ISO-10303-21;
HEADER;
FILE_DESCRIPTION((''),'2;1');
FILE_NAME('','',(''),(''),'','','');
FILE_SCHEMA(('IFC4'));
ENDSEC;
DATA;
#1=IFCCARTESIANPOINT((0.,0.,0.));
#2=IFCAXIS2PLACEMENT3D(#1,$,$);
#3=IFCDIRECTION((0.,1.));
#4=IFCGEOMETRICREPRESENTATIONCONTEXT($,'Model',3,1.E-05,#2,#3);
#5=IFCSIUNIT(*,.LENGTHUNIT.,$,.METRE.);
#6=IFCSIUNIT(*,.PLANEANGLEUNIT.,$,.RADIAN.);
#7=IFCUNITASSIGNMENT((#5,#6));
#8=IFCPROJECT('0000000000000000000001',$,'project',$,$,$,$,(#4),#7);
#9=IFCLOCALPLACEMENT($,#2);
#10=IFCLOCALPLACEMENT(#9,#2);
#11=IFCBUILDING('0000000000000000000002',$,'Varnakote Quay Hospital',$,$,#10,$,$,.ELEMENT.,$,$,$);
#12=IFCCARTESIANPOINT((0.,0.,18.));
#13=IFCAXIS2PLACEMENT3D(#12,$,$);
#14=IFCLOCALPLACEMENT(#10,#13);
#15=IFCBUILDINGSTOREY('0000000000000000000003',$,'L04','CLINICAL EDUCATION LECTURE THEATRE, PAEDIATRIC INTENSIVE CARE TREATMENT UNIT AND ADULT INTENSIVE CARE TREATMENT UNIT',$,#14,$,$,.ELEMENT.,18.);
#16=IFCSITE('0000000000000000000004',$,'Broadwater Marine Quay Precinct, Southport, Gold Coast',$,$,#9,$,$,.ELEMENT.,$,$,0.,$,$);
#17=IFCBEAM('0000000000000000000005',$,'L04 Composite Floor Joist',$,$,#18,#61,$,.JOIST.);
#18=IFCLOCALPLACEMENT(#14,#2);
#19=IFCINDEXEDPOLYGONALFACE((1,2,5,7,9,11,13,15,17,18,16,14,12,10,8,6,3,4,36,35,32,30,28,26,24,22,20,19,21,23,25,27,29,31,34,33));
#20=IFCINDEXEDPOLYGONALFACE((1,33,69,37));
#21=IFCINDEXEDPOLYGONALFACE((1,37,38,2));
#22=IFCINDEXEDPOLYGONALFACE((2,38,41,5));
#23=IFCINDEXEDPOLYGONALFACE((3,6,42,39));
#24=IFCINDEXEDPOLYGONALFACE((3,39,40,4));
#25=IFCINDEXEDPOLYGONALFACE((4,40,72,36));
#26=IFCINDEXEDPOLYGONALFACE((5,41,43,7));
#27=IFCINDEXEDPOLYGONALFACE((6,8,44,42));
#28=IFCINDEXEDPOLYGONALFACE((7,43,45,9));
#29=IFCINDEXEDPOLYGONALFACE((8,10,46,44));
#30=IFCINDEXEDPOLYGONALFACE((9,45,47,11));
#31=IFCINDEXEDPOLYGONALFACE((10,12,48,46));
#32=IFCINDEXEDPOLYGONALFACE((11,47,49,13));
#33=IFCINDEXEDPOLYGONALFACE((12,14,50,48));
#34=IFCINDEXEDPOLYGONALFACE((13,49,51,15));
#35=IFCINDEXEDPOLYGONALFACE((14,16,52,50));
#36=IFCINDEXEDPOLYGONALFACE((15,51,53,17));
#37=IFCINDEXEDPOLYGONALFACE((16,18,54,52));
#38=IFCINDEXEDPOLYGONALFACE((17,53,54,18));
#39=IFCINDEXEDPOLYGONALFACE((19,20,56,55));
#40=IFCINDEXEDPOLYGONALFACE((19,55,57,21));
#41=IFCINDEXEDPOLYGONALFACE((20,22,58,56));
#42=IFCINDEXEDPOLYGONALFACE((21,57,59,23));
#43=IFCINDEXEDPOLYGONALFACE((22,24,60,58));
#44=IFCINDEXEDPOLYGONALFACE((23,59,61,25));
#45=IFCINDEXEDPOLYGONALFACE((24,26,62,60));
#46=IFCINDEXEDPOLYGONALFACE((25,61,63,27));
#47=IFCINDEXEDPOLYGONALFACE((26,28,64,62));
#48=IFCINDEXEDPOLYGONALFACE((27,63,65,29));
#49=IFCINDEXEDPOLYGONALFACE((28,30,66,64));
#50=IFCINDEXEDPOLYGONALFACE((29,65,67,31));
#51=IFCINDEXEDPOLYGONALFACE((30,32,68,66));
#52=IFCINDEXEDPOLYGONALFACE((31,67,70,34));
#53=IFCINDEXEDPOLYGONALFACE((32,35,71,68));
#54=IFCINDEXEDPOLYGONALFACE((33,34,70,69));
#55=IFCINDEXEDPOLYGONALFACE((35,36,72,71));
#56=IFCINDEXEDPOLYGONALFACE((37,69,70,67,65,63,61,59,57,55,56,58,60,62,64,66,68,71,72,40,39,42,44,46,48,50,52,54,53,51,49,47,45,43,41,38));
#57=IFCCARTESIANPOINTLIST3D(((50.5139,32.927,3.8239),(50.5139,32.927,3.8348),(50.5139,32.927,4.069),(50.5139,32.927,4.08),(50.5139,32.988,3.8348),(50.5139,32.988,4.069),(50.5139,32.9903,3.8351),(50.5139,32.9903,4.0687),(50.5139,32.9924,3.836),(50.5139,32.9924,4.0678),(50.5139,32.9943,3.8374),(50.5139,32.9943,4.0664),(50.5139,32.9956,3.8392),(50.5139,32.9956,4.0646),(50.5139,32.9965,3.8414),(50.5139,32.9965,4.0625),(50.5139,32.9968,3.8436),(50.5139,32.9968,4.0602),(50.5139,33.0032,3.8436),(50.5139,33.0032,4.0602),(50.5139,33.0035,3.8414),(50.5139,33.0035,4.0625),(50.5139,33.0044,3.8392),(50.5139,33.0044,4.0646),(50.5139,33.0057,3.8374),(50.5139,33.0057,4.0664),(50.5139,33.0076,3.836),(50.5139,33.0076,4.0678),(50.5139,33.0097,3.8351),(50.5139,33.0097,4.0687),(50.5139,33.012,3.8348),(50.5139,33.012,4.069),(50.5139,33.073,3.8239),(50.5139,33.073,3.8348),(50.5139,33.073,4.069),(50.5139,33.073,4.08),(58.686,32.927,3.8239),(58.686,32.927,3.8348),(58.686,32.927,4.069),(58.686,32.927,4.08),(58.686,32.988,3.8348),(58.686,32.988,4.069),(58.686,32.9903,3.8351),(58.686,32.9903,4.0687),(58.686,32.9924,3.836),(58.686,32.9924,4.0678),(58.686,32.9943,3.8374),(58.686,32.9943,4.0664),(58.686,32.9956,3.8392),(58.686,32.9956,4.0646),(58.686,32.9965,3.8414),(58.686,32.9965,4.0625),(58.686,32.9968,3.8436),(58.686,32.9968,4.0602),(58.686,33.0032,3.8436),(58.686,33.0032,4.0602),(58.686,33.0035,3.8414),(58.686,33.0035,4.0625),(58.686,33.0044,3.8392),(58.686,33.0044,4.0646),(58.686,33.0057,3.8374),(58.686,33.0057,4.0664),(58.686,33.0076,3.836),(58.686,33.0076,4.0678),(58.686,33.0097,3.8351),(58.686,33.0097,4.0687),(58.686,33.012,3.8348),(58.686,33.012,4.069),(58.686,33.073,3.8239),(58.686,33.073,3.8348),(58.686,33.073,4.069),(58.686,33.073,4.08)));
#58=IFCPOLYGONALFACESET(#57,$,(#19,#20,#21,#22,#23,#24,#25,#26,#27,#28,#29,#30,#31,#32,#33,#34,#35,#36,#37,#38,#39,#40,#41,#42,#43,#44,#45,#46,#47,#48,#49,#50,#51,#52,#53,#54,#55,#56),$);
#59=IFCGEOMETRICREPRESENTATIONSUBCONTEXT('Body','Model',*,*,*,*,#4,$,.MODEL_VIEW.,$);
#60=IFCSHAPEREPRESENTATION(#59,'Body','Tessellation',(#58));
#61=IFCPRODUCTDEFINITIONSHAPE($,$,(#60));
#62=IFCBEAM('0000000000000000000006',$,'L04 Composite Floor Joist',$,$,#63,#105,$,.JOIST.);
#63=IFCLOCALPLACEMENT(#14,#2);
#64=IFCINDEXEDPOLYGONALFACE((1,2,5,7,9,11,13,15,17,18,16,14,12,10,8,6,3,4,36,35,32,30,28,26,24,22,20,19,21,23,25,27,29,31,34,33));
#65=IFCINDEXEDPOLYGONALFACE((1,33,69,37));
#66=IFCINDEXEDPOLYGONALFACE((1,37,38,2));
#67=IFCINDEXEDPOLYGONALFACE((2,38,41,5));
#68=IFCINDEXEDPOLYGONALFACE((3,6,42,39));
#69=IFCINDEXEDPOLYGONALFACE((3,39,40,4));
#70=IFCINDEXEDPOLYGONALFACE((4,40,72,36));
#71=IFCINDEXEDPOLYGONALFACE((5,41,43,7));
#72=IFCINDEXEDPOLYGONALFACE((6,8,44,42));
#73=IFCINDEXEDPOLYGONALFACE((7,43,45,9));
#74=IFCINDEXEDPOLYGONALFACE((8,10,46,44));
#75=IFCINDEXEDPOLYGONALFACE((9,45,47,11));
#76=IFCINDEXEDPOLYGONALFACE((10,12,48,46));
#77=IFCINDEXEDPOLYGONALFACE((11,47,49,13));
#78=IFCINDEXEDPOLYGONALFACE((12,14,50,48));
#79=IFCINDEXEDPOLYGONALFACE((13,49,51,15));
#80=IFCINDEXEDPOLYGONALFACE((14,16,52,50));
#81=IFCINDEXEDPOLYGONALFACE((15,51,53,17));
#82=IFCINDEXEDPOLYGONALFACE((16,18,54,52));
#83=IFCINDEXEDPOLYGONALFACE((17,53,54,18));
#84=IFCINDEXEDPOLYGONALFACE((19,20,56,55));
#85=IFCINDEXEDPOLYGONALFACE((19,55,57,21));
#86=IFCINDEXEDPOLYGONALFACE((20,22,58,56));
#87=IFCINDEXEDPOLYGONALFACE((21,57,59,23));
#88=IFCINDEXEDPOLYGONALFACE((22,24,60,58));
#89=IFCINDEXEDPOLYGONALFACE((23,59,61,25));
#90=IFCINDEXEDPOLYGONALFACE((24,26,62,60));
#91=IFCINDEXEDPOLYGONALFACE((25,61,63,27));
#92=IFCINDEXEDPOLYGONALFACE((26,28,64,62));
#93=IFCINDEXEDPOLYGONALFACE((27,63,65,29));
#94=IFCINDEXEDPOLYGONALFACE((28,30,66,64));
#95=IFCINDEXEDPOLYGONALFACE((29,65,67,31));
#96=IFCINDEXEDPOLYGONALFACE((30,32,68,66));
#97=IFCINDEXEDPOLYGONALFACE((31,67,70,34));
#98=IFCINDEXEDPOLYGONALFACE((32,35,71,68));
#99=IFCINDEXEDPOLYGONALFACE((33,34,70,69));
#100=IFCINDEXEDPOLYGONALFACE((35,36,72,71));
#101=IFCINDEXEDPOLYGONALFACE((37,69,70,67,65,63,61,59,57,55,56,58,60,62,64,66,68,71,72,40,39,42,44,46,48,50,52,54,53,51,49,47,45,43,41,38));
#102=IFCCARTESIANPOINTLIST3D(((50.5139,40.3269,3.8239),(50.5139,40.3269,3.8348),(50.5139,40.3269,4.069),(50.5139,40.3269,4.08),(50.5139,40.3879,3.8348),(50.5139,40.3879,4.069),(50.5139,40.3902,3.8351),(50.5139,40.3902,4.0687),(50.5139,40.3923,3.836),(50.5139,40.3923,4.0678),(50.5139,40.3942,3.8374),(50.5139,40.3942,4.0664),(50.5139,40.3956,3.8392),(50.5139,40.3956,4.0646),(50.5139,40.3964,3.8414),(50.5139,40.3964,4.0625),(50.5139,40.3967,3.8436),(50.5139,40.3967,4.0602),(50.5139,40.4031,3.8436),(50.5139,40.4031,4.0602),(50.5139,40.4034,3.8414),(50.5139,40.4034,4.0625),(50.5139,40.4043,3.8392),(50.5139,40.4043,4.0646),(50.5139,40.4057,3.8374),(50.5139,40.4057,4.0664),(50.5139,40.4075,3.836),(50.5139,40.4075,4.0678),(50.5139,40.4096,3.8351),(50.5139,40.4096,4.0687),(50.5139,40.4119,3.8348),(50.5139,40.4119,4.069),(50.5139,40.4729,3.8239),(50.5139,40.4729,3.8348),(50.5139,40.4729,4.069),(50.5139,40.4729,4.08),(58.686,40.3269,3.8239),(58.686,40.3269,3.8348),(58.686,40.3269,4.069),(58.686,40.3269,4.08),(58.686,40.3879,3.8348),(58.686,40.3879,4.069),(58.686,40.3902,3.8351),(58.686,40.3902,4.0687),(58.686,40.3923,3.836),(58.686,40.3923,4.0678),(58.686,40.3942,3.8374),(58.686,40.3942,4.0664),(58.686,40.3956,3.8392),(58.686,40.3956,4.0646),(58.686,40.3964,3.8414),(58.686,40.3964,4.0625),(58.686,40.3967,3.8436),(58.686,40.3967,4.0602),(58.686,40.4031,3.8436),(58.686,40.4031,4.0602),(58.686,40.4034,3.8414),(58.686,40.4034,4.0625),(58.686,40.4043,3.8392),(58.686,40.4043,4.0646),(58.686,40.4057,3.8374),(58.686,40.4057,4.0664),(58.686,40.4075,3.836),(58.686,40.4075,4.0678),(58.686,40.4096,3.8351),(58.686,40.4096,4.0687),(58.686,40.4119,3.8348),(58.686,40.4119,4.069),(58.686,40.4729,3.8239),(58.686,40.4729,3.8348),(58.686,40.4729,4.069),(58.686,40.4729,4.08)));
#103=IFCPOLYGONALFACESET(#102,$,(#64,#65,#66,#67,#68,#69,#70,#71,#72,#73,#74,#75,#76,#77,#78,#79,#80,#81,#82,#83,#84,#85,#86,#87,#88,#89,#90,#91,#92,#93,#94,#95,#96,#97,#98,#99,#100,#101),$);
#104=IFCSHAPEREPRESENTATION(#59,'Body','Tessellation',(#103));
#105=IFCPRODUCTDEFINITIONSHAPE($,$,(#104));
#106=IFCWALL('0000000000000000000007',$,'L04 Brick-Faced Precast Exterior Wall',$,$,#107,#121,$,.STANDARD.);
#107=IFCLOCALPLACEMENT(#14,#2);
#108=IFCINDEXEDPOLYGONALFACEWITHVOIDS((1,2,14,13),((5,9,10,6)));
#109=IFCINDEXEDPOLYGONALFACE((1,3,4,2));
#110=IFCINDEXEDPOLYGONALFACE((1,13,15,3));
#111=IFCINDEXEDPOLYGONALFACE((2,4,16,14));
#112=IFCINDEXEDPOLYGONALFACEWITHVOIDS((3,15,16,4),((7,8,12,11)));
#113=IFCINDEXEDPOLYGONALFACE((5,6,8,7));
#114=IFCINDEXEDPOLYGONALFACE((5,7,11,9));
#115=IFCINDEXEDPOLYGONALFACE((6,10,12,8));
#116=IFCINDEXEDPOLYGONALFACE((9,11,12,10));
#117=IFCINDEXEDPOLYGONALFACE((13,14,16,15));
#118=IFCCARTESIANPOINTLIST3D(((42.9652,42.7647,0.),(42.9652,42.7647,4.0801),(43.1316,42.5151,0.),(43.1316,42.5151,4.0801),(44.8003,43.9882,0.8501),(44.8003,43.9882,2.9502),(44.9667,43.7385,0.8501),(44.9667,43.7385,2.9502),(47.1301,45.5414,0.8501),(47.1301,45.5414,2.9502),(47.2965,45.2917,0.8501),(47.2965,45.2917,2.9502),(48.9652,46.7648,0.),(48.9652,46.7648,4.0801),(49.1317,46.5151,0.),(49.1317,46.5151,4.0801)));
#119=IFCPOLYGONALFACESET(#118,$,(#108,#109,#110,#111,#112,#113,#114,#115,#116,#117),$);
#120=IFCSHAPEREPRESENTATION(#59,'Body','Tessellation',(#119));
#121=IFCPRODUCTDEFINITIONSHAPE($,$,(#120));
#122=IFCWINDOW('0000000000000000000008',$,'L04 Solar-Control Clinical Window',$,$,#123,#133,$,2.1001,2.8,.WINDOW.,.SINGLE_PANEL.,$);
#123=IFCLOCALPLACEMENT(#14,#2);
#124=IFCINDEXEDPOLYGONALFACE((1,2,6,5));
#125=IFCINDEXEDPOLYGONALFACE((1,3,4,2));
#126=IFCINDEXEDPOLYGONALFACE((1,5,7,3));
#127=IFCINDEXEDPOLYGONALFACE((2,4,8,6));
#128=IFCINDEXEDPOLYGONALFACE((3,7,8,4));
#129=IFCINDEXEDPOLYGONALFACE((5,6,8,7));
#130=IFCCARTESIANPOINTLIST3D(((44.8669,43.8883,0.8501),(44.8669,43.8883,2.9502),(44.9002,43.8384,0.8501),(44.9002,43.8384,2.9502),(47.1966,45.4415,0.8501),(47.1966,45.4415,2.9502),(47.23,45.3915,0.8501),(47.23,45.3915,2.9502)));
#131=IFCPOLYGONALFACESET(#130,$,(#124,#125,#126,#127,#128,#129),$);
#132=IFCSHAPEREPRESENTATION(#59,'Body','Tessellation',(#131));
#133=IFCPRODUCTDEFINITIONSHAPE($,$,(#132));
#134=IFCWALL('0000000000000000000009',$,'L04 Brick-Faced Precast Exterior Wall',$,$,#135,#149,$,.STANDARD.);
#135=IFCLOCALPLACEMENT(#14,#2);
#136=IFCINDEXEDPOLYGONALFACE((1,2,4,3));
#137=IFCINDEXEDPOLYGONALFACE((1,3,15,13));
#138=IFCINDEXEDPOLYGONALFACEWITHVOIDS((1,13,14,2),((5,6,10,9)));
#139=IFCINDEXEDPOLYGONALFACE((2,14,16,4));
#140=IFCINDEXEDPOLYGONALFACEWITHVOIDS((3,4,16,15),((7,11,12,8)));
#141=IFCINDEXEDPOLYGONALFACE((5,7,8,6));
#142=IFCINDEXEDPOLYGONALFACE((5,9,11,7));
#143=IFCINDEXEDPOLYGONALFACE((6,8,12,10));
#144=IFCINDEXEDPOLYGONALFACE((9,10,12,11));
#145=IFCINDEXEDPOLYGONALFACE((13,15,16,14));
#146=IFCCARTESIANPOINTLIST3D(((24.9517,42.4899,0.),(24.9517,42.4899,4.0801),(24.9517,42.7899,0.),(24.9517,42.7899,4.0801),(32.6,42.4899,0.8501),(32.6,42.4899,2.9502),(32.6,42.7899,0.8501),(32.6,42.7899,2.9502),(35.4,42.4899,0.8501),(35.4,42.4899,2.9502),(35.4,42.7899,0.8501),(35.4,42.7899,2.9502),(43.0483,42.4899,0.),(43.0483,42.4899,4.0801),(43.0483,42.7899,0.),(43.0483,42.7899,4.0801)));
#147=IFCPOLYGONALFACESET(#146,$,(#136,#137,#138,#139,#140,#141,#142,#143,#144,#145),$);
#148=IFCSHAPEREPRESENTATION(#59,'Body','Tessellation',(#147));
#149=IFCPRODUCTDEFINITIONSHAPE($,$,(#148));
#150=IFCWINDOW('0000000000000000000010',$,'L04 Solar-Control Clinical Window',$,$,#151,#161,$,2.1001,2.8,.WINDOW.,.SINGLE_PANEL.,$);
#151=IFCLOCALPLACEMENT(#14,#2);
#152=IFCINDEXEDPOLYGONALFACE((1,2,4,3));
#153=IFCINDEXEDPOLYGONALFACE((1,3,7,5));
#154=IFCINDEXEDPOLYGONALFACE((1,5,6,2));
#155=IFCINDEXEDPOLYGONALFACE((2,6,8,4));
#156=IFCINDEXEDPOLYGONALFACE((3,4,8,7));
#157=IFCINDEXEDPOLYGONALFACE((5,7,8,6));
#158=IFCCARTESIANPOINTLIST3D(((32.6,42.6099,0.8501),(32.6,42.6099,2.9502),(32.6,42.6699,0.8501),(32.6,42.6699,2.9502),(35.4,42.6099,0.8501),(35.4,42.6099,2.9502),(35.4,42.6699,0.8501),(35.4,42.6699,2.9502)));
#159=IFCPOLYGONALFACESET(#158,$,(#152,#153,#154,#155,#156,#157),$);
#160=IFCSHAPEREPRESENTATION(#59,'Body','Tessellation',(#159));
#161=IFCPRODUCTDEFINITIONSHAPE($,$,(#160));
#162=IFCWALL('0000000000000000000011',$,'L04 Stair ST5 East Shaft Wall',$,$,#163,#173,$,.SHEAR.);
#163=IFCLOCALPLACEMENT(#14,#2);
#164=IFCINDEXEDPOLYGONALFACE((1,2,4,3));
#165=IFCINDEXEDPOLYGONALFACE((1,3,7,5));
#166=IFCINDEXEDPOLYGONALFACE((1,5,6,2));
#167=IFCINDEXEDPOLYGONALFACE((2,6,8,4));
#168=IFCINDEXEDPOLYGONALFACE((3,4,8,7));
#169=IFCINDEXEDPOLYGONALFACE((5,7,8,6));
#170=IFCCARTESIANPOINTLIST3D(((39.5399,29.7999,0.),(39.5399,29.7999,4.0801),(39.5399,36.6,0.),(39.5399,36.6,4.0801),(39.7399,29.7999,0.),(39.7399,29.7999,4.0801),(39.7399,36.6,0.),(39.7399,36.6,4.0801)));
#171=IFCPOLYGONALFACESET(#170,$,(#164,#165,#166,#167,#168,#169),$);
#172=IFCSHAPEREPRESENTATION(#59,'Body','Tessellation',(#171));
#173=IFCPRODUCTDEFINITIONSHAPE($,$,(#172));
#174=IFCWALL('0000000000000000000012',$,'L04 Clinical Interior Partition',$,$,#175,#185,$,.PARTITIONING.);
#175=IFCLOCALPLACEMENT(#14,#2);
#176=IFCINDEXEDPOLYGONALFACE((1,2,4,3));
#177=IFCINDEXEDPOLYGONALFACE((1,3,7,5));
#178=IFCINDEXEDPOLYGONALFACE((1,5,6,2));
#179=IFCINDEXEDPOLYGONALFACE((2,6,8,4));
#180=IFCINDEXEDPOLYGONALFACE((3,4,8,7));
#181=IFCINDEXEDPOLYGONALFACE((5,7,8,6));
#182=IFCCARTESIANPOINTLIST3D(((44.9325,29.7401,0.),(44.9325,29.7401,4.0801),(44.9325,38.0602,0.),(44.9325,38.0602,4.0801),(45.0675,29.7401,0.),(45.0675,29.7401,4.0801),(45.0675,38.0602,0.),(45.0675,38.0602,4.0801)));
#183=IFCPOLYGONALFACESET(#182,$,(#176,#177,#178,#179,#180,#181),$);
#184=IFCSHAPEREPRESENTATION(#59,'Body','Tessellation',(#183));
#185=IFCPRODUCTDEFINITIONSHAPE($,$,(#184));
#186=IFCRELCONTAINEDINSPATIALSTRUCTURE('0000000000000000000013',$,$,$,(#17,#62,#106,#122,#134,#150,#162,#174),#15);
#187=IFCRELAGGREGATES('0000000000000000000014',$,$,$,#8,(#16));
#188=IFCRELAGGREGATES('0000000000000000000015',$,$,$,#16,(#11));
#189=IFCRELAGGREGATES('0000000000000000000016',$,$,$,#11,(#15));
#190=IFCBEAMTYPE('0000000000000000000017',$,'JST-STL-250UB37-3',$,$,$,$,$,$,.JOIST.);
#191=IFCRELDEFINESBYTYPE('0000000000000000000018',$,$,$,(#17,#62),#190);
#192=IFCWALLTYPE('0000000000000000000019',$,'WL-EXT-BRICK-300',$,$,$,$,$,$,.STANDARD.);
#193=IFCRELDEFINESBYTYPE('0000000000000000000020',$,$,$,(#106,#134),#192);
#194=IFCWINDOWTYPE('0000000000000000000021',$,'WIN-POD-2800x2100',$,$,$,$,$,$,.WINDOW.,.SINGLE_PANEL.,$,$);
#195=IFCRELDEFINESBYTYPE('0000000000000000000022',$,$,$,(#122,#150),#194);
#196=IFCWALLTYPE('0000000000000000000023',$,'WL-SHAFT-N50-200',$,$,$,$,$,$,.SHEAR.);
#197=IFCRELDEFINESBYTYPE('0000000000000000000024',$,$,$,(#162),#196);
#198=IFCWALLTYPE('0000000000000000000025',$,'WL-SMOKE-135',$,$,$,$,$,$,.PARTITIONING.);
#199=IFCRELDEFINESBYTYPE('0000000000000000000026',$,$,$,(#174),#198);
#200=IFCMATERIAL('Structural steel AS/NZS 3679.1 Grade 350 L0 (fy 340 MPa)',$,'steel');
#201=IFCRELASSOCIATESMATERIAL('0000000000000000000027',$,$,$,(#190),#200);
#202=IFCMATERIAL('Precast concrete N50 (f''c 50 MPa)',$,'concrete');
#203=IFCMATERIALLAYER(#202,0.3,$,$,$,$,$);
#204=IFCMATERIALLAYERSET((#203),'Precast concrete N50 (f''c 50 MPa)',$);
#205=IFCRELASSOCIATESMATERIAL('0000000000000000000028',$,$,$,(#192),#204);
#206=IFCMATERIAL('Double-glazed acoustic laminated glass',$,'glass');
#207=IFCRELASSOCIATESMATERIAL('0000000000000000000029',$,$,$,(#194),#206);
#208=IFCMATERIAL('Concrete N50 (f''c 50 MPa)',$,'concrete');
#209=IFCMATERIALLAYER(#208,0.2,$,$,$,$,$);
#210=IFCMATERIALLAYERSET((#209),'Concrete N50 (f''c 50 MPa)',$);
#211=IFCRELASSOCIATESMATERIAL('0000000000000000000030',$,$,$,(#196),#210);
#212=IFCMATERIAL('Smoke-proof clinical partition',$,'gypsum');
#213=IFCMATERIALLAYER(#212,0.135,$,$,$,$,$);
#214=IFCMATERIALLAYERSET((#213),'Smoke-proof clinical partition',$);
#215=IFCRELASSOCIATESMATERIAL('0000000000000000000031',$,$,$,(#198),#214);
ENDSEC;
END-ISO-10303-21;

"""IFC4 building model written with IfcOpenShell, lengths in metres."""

from ifc_helpers import new_model, si_unit, direction, frame, frame_2d, origin, origin_2d, place, context, subcontext, project, spatial, rectangle, i_section, extrude, material, layer, layer_set, material_profile, profile_set, type_object, element, fill, save


model = new_model("IFC4")

# Units and contexts
model_context = context("Model", 3, precision=1e-05, world=origin(), true_north=direction((0.0, 1.0)))
body_context = subcontext(model_context, "Body", "Model", "MODEL_VIEW")
ifc_project = project(units=[si_unit("LENGTHUNIT", "METRE"), si_unit("PLANEANGLEUNIT", "RADIAN")], contexts=[model_context])

# Site, building, storey
site_placement = place(None, origin())
site = spatial("IfcSite", under=ifc_project, at=site_placement, Name="Broadwater Marine Quay Precinct, Southport, Gold Coast", CompositionType="ELEMENT", RefElevation=0.0)
building_placement = place(site_placement, origin())
building = spatial("IfcBuilding", under=site, at=building_placement, Name="Varnakote Quay Hospital", CompositionType="ELEMENT")
storey_placement = place(building_placement, frame((0.0, 0.0, 18.0)))
storey = spatial("IfcBuildingStorey", under=building, at=storey_placement, Name="L04", Description="CLINICAL EDUCATION LECTURE THEATRE, PAEDIATRIC INTENSIVE CARE TREATMENT UNIT AND ADULT INTENSIVE CARE TREATMENT UNIT", CompositionType="ELEMENT", Elevation=18.0)

# Beams
ifc_material_1 = material(Name="Structural steel AS/NZS 3679.1 Grade 350 L0 (fy 340 MPa)", Category="steel")
ifc_material_profile_1 = material_profile(ifc_material_1, i_section(OverallWidth=0.146, OverallDepth=0.2561, WebThickness=0.0063, FlangeThickness=0.011, FilletRadius=0.0088, at=origin_2d()), Name="250UB37.3")
ifc_profile_set_1 = profile_set([ifc_material_profile_1], Name="Structural steel AS/NZS 3679.1 Grade 350 L0 (fy 340 MPa)")
beam_type_1 = type_object("IfcBeamType", Name="JST-STL-250UB37-3", PredefinedType="JOIST", material=ifc_profile_set_1)
for number, where, z_axis, x_axis, name in (
    (1, (50.5139, 33.0, 3.9519), (1.0, 0.0, 0.0), (0.0, 1.0, 0.0), "L04 Composite Floor Joist"),
    (2, (50.5139, 40.3999, 3.9519), (1.0, 0.0, 0.0), (0.0, 1.0, 0.0), "L04 Composite Floor Joist"),
):
    element("IfcBeam", number, at=place(storey_placement, frame(where, z_axis=z_axis, x_axis=x_axis)), inside=storey, type_object=beam_type_1, Name=name, PredefinedType="JOIST", context=body_context, shape_type="SweptSolid", body=[
        extrude(i_section(OverallWidth=0.146, OverallDepth=0.2561, WebThickness=0.0063, FlangeThickness=0.011, FilletRadius=0.0088, at=origin_2d()), origin(), (0.0, 0.0, 1.0), 8.1721),
    ])

# Walls, openings, windows
ifc_material_2 = material(Name="Precast concrete N50 (f'c 50 MPa)", Category="concrete")
ifc_layer_1 = layer(ifc_material_2, 0.3)
ifc_layer_set_1 = layer_set([ifc_layer_1], Name="Precast concrete N50 (f'c 50 MPa)")
wall_type_1 = type_object("IfcWallType", Name="WL-EXT-BRICK-300", PredefinedType="STANDARD", material=ifc_layer_set_1)
wall_1_placement = place(storey_placement, frame((49.0483, 46.6399, 0.0), z_axis=(0.0, 0.0, 1.0), x_axis=(-0.83205, -0.5547, 0.0)))
wall_1 = element("IfcWall", 3, at=wall_1_placement, inside=storey, type_object=wall_type_1, Name="L04 Brick-Faced Precast Exterior Wall", PredefinedType="STANDARD", context=body_context, shape_type="SweptSolid", body=[
    extrude(rectangle(XDim=7.2112, YDim=0.3, at=frame_2d((3.6055, 0.0))), origin(), (0.0, 0.0, 1.0), 4.0801),
])
opening_1_placement = place(wall_1_placement, frame((2.2056, 0.0, 0.8501)))
opening_1 = element("IfcOpeningElement", 4, at=opening_1_placement, cuts=wall_1, PredefinedType="OPENING", context=body_context, shape_type="SweptSolid", body=[
    extrude(rectangle(XDim=2.8, YDim=2.1001, at=frame_2d((1.3999, 1.05))), frame((0.0, 0.1599, 0.0), z_axis=(0.0, -1.0, 0.0), x_axis=(1.0, 0.0, 0.0)), (0.0, 0.0, 1.0), 0.3201),
])
ifc_material_3 = material(Name="Double-glazed acoustic laminated glass", Category="glass")
window_type = type_object("IfcWindowType", Name="WIN-POD-2800x2100", PartitioningType="SINGLE_PANEL", PredefinedType="WINDOW", material=ifc_material_3)
window_1_placement = place(opening_1_placement, origin())
window_1 = element("IfcWindow", 5, at=window_1_placement, inside=storey, type_object=window_type, Name="L04 Solar-Control Clinical Window", OverallHeight=2.1001, OverallWidth=2.8, PartitioningType="SINGLE_PANEL", PredefinedType="WINDOW", context=body_context, shape_type="SweptSolid", body=[
    extrude(rectangle(XDim=2.8, YDim=2.1001, at=frame_2d((1.3999, 1.05))), frame((0.0, 0.03, 0.0), z_axis=(0.0, -1.0, 0.0), x_axis=(1.0, 0.0, 0.0)), (0.0, 0.0, 1.0), 0.0601),
])
fill(opening_1, window_1)
wall_2_placement = place(storey_placement, frame((43.0483, 42.6399, 0.0), z_axis=(0.0, 0.0, 1.0), x_axis=(-1.0, 0.0, 0.0)))
wall_2 = element("IfcWall", 6, at=wall_2_placement, inside=storey, type_object=wall_type_1, Name="L04 Brick-Faced Precast Exterior Wall", PredefinedType="STANDARD", context=body_context, shape_type="SweptSolid", body=[
    extrude(rectangle(XDim=18.0967, YDim=0.3, at=frame_2d((9.0483, 0.0))), origin(), (0.0, 0.0, 1.0), 4.0801),
])
opening_2_placement = place(wall_2_placement, frame((7.6484, 0.0, 0.8501)))
opening_2 = element("IfcOpeningElement", 7, at=opening_2_placement, cuts=wall_2, PredefinedType="OPENING", context=body_context, shape_type="SweptSolid", body=[
    extrude(rectangle(XDim=2.8, YDim=2.1001, at=frame_2d((1.3999, 1.05))), frame((0.0, 0.1599, 0.0), z_axis=(0.0, -1.0, 0.0), x_axis=(1.0, 0.0, 0.0)), (0.0, 0.0, 1.0), 0.3201),
])
window_2_placement = place(opening_2_placement, origin())
window_2 = element("IfcWindow", 8, at=window_2_placement, inside=storey, type_object=window_type, Name="L04 Solar-Control Clinical Window", OverallHeight=2.1001, OverallWidth=2.8, PartitioningType="SINGLE_PANEL", PredefinedType="WINDOW", context=body_context, shape_type="SweptSolid", body=[
    extrude(rectangle(XDim=2.8, YDim=2.1001, at=frame_2d((1.3999, 1.05))), frame((0.0, 0.03, 0.0), z_axis=(0.0, -1.0, 0.0), x_axis=(1.0, 0.0, 0.0)), (0.0, 0.0, 1.0), 0.0601),
])
fill(opening_2, window_2)

# Walls
ifc_material_4 = material(Name="Concrete N50 (f'c 50 MPa)", Category="concrete")
ifc_layer_2 = layer(ifc_material_4, 0.2)
ifc_layer_set_2 = layer_set([ifc_layer_2], Name="Concrete N50 (f'c 50 MPa)")
wall_type_2 = type_object("IfcWallType", Name="WL-SHAFT-N50-200", PredefinedType="SHEAR", material=ifc_layer_set_2)
wall_3_placement = place(storey_placement, frame((39.6399, 29.8, 0.0), z_axis=(0.0, 0.0, 1.0), x_axis=(0.0, 1.0, 0.0)))
element("IfcWall", 9, at=wall_3_placement, inside=storey, type_object=wall_type_2, Name="L04 Stair ST5 East Shaft Wall", PredefinedType="SHEAR", context=body_context, shape_type="SweptSolid", body=[
    extrude(rectangle(XDim=6.8, YDim=0.2, at=frame_2d((3.3999, 0.0))), origin(), (0.0, 0.0, 1.0), 4.0801),
])
ifc_material_5 = material(Name="Smoke-proof clinical partition", Category="gypsum")
ifc_layer_3 = layer(ifc_material_5, 0.135)
ifc_layer_set_3 = layer_set([ifc_layer_3], Name="Smoke-proof clinical partition")
wall_type_3 = type_object("IfcWallType", Name="WL-SMOKE-135", PredefinedType="PARTITIONING", material=ifc_layer_set_3)
wall_4_placement = place(storey_placement, frame((45.0, 29.74, 0.0), z_axis=(0.0, 0.0, 1.0), x_axis=(0.0, 1.0, 0.0)))
element("IfcWall", 10, at=wall_4_placement, inside=storey, type_object=wall_type_3, Name="L04 Clinical Interior Partition", PredefinedType="PARTITIONING", context=body_context, shape_type="SweptSolid", body=[
    extrude(rectangle(XDim=8.3201, YDim=0.135, at=frame_2d((4.1602, 0.0))), origin(), (0.0, 0.0, 1.0), 4.0801),
])

save(model, "model.ifc")
